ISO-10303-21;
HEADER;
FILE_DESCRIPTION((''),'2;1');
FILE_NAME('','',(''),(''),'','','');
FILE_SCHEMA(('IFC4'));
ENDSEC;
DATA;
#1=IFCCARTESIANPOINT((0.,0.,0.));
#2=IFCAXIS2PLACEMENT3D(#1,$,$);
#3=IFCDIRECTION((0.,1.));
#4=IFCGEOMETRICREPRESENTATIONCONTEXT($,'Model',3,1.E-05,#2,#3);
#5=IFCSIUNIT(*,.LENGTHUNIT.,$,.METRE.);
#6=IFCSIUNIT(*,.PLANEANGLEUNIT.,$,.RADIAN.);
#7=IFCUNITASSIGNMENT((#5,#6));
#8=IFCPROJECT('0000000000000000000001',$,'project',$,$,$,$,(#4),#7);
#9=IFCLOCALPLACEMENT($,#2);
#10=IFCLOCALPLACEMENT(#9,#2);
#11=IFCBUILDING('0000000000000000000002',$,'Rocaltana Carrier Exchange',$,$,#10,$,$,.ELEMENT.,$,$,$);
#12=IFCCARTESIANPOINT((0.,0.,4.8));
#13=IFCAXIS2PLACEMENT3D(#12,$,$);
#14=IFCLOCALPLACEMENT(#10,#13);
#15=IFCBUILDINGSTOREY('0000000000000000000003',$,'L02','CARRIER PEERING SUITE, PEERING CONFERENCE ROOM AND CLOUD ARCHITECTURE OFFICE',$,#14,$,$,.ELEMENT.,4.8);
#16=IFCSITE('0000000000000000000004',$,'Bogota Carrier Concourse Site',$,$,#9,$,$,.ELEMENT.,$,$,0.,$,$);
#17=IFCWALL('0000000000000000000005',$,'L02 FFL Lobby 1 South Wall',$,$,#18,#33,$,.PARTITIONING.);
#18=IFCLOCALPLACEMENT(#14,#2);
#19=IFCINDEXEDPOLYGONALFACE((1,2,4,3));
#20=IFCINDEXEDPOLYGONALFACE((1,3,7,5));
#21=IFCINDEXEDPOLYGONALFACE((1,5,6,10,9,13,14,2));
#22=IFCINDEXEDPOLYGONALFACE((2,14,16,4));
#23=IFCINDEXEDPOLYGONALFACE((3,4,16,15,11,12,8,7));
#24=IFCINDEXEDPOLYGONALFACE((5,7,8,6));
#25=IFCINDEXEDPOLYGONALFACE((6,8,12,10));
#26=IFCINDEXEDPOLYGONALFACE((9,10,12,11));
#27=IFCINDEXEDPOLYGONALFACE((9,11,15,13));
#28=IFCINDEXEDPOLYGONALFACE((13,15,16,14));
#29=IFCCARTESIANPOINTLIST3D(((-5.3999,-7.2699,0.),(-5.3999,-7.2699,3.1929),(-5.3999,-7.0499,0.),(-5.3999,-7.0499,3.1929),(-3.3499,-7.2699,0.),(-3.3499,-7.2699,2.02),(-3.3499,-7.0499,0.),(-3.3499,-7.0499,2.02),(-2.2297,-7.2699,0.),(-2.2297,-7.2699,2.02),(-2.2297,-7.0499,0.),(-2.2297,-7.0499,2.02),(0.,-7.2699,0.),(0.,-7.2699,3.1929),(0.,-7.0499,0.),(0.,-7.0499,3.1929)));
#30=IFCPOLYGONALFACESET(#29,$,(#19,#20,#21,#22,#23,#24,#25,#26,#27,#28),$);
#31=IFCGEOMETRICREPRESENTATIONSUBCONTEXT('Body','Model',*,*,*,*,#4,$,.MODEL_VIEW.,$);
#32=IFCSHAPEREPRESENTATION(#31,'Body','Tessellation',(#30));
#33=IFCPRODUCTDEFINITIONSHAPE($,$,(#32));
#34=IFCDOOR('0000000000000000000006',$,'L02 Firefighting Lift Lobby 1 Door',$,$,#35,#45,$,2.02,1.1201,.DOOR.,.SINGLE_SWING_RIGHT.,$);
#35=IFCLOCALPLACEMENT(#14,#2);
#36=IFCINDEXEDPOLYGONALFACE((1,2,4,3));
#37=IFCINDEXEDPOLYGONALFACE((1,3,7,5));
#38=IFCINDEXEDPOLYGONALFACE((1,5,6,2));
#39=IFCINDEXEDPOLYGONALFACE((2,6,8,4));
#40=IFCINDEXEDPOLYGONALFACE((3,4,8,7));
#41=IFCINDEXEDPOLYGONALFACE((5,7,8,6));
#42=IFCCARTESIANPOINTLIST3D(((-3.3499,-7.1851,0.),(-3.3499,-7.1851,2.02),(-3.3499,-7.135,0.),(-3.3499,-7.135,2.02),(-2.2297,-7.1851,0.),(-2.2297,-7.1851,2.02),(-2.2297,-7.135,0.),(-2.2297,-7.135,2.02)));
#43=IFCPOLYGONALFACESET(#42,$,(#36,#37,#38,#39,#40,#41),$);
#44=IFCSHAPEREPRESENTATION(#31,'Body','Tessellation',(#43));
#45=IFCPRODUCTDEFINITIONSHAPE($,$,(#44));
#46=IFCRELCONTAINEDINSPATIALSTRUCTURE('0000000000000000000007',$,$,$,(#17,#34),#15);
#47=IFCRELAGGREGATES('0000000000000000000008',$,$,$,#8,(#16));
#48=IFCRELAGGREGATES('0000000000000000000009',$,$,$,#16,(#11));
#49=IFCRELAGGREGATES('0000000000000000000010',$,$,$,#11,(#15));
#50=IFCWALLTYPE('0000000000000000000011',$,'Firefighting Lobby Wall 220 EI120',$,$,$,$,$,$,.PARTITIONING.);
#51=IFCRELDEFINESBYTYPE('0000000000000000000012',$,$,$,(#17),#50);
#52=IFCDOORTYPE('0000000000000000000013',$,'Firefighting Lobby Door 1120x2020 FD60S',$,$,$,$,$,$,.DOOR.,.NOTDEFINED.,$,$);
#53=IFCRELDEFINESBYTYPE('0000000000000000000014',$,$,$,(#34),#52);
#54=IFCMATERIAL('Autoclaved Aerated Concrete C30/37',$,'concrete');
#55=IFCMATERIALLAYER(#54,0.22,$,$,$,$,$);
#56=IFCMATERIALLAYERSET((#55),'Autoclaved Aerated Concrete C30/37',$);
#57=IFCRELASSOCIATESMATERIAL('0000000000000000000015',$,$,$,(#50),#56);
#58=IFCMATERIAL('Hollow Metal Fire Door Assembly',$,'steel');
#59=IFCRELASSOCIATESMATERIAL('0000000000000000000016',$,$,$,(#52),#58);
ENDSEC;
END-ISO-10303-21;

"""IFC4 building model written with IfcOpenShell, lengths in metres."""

from ifc_helpers import new_model, si_unit, direction, frame, frame_2d, origin, place, context, subcontext, project, spatial, rectangle, extrude, material, layer, layer_set, type_object, element, fill, save


model = new_model("IFC4")

# Units and contexts
model_context = context("Model", 3, precision=1e-05, world=origin(), true_north=direction((0.0, 1.0)))
body_context = subcontext(model_context, "Body", "Model", "MODEL_VIEW")
ifc_project = project(units=[si_unit("LENGTHUNIT", "METRE"), si_unit("PLANEANGLEUNIT", "RADIAN")], contexts=[model_context])

# Site, building, storey
site_placement = place(None, origin())
site = spatial("IfcSite", under=ifc_project, at=site_placement, Name="Bogota Carrier Concourse Site", CompositionType="ELEMENT", RefElevation=0.0)
building_placement = place(site_placement, origin())
building = spatial("IfcBuilding", under=site, at=building_placement, Name="Rocaltana Carrier Exchange", CompositionType="ELEMENT")
storey_placement = place(building_placement, frame((0.0, 0.0, 4.8)))
storey = spatial("IfcBuildingStorey", under=building, at=storey_placement, Name="L02", Description="CARRIER PEERING SUITE, PEERING CONFERENCE ROOM AND CLOUD ARCHITECTURE OFFICE", CompositionType="ELEMENT", Elevation=4.8)

# Shared definitions
ifc_material_1 = material(Name="Autoclaved Aerated Concrete C30/37", Category="concrete")
ifc_layer_1 = layer(ifc_material_1, 0.22)
ifc_layer_set_1 = layer_set([ifc_layer_1], Name="Autoclaved Aerated Concrete C30/37")
wall_type_1 = type_object("IfcWallType", Name="Firefighting Lobby Wall 220 EI120", PredefinedType="PARTITIONING", material=ifc_layer_set_1)

# Wall, opening, door
wall_1_placement = place(storey_placement, frame((-5.3999, -7.1599, 0.0), z_axis=(0.0, 0.0, 1.0), x_axis=(1.0, 0.0, 0.0)))
wall_1 = element("IfcWall", 1, at=wall_1_placement, inside=storey, type_object=wall_type_1, Name="L02 FFL Lobby 1 South Wall", PredefinedType="PARTITIONING", context=body_context, shape_type="SweptSolid", body=[
    extrude(rectangle(XDim=5.3999, YDim=0.22, at=frame_2d((2.7, 0.0))), origin(), (0.0, 0.0, 1.0), 3.1929),
])
opening_1_placement = place(wall_1_placement, frame((2.05, 0.0, 0.0)))
opening_1 = element("IfcOpeningElement", 2, at=opening_1_placement, cuts=wall_1, PredefinedType="OPENING", context=body_context, shape_type="SweptSolid", body=[
    extrude(rectangle(XDim=1.1201, YDim=2.02, at=frame_2d((0.5601, 1.01))), frame((0.0, 0.1199, 0.0), z_axis=(0.0, -1.0, 0.0), x_axis=(1.0, 0.0, 0.0)), (0.0, 0.0, 1.0), 0.24),
])
ifc_material_2 = material(Name="Hollow Metal Fire Door Assembly", Category="steel")
door_type_1 = type_object("IfcDoorType", Name="Firefighting Lobby Door 1120x2020 FD60S", OperationType="NOTDEFINED", PredefinedType="DOOR", material=ifc_material_2)
door_1_placement = place(opening_1_placement, origin())
door_1 = element("IfcDoor", 3, at=door_1_placement, inside=storey, type_object=door_type_1, Name="L02 Firefighting Lift Lobby 1 Door", OperationType="SINGLE_SWING_RIGHT", OverallHeight=2.02, OverallWidth=1.1201, PredefinedType="DOOR", context=body_context, shape_type="SweptSolid", body=[
    extrude(rectangle(XDim=1.1201, YDim=2.02, at=frame_2d((0.5601, 1.01))), frame((0.0, 0.0249, 0.0), z_axis=(0.0, -1.0, 0.0), x_axis=(1.0, 0.0, 0.0)), (0.0, 0.0, 1.0), 0.05),
])
fill(opening_1, door_1)

save(model, "model.ifc")
